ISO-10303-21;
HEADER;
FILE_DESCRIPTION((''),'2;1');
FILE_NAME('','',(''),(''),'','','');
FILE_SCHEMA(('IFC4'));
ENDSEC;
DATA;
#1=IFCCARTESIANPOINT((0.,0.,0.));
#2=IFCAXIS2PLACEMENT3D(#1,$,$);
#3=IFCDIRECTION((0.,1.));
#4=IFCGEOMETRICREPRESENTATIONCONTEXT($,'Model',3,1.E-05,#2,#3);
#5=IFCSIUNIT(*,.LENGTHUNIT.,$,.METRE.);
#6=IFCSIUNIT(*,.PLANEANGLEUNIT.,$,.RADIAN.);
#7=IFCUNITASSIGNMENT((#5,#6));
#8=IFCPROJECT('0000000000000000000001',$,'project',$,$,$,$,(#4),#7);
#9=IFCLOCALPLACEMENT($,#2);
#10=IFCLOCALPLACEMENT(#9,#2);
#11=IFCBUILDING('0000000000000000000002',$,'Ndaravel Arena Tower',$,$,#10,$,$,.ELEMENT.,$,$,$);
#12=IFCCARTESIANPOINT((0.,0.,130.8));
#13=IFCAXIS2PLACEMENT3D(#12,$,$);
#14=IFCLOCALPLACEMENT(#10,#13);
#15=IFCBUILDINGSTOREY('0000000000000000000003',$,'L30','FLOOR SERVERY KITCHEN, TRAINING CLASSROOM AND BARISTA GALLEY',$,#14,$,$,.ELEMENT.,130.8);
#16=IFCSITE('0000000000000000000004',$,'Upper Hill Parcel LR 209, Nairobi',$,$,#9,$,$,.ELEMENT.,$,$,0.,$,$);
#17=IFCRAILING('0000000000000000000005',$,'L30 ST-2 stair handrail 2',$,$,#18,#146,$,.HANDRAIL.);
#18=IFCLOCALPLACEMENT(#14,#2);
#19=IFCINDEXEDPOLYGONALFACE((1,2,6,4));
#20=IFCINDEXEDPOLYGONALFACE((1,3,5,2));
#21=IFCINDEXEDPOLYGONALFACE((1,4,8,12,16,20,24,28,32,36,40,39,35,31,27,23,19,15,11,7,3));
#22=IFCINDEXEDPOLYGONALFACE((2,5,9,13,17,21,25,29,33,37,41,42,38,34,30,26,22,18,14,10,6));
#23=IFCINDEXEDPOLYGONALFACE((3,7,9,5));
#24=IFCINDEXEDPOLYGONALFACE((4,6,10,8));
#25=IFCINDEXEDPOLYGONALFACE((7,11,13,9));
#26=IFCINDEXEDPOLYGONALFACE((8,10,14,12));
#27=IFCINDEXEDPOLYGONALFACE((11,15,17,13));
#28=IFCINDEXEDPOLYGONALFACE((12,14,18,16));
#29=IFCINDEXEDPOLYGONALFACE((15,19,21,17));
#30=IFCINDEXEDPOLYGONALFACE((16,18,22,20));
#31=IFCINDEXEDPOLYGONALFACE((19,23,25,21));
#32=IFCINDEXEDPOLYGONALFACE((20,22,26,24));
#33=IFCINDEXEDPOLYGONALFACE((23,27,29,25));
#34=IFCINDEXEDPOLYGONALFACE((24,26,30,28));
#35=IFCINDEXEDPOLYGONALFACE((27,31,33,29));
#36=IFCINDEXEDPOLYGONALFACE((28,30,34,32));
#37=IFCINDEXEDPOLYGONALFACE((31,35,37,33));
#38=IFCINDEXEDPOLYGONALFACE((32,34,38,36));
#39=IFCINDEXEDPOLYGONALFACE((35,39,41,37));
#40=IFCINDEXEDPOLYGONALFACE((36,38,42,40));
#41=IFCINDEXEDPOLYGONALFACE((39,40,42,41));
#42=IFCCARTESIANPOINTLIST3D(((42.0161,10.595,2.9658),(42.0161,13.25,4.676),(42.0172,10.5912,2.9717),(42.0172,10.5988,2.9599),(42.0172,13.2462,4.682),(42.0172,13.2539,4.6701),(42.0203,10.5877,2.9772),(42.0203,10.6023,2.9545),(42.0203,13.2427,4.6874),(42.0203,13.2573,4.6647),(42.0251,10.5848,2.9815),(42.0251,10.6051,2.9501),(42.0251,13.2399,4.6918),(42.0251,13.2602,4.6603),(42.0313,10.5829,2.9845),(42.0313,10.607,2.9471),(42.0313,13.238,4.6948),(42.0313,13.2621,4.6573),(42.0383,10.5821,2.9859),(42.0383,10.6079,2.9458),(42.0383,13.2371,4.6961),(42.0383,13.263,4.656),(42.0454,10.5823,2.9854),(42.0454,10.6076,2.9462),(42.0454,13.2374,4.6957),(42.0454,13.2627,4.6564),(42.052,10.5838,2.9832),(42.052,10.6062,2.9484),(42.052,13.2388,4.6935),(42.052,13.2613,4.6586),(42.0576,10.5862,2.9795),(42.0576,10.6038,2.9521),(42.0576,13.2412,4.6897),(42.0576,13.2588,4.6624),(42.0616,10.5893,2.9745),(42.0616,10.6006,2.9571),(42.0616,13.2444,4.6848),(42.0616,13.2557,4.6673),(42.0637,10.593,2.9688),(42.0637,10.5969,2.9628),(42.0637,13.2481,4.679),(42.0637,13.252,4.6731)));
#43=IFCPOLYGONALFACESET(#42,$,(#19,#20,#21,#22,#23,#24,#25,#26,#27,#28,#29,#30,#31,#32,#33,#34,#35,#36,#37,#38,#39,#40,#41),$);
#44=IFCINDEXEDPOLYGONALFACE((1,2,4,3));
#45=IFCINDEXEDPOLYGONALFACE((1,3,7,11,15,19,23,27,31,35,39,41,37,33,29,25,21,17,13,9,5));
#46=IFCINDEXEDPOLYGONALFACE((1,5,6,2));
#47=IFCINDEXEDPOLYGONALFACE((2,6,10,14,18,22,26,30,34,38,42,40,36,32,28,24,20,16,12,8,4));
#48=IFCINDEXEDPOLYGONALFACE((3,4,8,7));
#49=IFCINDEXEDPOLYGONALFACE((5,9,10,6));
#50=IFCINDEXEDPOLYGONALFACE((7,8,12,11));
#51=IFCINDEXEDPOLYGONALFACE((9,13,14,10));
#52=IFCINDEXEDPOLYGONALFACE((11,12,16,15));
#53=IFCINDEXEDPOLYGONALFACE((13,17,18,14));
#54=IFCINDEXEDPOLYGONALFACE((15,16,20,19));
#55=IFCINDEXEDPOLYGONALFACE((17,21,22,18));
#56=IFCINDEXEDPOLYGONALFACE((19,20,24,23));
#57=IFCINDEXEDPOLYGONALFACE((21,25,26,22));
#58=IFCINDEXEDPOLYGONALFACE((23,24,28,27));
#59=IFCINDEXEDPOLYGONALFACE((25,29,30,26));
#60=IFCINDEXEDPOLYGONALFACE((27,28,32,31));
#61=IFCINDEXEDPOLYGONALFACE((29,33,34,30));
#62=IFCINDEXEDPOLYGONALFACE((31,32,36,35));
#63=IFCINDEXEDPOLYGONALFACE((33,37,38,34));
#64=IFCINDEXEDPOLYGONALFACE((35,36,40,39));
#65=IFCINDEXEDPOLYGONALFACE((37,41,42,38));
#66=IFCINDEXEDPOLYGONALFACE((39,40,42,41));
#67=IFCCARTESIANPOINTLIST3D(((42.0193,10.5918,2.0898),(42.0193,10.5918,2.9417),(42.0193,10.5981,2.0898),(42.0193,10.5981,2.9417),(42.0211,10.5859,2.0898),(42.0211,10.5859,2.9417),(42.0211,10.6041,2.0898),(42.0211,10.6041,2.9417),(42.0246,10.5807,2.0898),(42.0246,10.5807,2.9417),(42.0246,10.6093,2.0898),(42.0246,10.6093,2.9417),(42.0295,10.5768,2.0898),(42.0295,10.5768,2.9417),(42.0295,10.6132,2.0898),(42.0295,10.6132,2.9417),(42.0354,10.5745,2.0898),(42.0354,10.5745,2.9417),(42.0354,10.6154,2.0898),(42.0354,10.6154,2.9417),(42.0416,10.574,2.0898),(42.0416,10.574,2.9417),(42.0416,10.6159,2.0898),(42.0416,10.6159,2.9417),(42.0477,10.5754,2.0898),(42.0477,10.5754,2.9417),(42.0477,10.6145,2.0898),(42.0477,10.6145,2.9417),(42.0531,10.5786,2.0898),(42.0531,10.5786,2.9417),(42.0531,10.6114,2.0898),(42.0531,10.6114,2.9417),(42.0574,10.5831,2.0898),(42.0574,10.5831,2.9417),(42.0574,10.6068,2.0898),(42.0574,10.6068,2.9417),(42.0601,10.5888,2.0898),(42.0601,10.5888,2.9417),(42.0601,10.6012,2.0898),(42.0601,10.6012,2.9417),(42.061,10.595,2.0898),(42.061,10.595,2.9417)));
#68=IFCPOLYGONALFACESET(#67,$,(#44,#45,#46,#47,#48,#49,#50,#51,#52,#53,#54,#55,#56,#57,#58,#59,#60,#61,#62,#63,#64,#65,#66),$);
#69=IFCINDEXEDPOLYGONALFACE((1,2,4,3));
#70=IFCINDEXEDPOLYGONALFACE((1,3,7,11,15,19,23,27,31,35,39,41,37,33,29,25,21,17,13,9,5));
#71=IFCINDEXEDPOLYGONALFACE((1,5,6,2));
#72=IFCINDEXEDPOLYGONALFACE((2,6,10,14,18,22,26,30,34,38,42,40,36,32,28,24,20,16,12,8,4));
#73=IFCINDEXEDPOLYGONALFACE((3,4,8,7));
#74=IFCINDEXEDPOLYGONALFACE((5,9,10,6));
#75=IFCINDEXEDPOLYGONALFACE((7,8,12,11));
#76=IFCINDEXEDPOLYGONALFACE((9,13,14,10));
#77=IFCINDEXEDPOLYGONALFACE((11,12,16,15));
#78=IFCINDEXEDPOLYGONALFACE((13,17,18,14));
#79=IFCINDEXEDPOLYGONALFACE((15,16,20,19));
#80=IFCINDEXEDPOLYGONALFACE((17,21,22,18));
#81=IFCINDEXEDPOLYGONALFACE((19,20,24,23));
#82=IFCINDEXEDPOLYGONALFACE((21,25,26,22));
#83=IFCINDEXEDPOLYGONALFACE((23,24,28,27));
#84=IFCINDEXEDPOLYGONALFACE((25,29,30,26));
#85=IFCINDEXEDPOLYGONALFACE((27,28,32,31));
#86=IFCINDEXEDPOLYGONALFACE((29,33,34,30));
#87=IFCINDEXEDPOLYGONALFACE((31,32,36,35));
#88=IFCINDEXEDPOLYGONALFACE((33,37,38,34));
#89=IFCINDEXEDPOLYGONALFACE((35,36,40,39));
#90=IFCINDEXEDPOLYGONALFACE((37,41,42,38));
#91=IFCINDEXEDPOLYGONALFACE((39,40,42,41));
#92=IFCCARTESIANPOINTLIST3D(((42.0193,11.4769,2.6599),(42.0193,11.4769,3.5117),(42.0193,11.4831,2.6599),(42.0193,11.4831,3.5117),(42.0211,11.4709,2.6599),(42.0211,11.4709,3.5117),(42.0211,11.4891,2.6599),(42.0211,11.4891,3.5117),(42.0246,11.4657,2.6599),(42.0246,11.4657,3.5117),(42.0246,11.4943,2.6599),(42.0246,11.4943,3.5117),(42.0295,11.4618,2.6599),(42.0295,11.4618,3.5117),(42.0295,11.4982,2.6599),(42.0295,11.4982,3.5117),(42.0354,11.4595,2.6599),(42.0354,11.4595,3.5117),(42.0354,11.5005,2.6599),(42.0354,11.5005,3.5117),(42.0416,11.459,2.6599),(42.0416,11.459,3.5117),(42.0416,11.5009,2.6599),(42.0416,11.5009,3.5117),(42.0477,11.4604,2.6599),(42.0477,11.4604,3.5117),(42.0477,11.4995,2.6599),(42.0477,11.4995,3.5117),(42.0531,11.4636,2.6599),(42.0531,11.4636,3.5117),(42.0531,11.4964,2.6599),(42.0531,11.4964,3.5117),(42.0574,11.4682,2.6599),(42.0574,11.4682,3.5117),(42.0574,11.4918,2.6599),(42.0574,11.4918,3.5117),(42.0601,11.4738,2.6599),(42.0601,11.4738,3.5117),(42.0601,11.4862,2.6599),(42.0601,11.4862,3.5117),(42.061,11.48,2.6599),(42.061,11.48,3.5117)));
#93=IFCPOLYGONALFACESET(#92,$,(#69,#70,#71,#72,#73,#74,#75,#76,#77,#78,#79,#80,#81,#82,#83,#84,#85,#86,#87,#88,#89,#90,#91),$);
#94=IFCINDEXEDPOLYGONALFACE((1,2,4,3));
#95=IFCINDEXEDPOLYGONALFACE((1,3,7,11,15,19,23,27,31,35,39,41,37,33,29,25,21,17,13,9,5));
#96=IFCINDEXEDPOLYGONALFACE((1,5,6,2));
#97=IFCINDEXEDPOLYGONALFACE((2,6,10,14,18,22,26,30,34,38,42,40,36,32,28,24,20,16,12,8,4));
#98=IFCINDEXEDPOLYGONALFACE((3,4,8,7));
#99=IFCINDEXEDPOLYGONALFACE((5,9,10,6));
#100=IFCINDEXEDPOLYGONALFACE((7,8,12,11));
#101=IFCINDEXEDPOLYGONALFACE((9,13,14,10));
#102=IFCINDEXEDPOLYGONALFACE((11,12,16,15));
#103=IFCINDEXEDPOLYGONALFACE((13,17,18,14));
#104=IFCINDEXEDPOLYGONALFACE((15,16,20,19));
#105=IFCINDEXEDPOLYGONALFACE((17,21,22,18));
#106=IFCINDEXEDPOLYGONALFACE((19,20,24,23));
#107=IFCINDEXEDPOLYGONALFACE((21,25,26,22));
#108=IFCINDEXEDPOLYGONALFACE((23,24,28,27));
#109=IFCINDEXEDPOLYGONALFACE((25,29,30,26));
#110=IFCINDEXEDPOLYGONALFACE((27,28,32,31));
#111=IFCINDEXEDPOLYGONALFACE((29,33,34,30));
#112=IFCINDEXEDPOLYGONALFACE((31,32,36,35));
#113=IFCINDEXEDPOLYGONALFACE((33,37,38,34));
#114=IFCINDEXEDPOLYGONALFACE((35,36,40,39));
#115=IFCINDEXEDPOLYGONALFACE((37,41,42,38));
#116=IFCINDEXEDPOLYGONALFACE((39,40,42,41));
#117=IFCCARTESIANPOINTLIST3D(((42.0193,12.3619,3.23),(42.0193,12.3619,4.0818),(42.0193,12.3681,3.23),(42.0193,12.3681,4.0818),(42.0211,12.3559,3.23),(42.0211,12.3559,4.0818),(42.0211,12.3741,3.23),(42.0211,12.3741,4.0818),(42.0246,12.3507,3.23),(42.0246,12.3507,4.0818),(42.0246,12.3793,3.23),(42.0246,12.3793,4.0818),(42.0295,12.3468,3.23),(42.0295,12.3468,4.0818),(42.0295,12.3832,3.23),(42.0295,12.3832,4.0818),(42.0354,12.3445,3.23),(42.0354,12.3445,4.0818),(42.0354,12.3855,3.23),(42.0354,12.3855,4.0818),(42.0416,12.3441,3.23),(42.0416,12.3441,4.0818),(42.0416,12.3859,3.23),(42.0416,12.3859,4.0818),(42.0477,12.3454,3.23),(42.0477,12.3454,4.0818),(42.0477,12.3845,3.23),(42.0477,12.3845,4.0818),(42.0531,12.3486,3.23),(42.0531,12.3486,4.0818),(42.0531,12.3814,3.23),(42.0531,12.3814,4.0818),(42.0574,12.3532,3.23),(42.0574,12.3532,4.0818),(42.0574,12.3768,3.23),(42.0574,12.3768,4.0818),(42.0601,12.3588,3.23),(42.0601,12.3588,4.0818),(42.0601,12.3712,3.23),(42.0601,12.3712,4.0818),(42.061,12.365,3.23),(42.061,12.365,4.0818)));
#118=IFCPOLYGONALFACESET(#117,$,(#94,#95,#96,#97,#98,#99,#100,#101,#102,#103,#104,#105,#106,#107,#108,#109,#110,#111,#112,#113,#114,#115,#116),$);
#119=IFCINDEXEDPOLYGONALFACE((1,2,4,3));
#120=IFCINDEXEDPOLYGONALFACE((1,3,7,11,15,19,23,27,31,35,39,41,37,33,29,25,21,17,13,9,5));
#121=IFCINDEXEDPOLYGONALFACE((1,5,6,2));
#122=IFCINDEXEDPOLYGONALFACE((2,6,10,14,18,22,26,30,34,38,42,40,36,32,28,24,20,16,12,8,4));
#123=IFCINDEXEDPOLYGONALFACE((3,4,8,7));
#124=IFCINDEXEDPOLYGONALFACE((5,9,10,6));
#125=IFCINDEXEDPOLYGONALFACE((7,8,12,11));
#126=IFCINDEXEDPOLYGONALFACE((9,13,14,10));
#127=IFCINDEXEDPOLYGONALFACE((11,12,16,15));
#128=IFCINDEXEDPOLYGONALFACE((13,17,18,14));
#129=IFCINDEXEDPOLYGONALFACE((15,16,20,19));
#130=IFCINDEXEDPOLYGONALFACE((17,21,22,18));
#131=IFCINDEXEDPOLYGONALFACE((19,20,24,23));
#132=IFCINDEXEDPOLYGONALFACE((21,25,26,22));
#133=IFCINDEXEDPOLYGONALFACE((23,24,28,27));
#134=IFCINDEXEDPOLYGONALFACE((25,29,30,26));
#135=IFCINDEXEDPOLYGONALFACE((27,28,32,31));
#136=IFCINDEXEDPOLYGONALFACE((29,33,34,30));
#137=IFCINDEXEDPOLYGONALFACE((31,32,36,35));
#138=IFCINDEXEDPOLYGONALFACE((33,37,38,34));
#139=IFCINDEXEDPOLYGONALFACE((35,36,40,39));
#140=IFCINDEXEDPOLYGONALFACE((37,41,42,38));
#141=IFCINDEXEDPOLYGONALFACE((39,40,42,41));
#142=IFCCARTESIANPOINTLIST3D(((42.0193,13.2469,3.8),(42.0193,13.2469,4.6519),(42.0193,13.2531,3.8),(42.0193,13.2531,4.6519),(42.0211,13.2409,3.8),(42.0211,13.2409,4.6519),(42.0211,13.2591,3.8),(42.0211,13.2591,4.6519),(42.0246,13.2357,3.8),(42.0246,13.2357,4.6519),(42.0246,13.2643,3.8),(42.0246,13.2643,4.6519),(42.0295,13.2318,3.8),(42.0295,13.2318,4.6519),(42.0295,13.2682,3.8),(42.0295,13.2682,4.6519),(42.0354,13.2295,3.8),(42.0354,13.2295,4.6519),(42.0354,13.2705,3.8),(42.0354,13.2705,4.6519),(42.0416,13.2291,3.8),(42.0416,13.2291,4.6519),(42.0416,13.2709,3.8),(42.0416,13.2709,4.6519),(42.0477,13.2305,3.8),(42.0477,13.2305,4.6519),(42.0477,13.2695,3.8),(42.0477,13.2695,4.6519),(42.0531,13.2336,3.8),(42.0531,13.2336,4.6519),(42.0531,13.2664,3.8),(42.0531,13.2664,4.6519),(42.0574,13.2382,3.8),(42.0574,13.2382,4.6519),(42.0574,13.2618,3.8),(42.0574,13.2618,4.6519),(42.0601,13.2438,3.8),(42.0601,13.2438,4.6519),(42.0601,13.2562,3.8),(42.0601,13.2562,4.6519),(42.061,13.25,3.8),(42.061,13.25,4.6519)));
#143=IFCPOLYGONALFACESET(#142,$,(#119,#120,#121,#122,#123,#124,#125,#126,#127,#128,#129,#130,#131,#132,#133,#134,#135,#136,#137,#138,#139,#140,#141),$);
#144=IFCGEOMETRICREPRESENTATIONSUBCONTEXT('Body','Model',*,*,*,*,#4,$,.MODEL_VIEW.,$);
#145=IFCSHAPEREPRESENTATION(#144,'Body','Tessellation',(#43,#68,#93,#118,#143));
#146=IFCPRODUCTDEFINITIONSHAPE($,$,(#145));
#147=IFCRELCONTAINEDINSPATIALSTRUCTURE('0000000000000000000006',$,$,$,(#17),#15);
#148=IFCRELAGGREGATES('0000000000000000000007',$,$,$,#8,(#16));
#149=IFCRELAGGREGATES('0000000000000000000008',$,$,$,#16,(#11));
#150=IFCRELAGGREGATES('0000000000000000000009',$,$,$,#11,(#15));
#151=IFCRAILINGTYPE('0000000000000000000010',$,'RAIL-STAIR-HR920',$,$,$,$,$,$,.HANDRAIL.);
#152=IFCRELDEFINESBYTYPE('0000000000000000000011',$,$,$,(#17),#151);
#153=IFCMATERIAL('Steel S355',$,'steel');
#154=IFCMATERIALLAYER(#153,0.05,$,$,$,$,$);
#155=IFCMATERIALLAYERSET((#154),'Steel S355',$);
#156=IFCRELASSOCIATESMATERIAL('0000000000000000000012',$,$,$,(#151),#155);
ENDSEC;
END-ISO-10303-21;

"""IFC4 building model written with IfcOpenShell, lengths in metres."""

from ifc_helpers import new_model, si_unit, direction, frame, origin, origin_2d, place, context, subcontext, project, spatial, circle, extrude, material, layer, layer_set, type_object, element, save


model = new_model("IFC4")

# Units and contexts
model_context = context("Model", 3, precision=1e-05, world=origin(), true_north=direction((0.0, 1.0)))
body_context = subcontext(model_context, "Body", "Model", "MODEL_VIEW")
ifc_project = project(units=[si_unit("LENGTHUNIT", "METRE"), si_unit("PLANEANGLEUNIT", "RADIAN")], contexts=[model_context])

# Site, building, storey
site_placement = place(None, origin())
site = spatial("IfcSite", under=ifc_project, at=site_placement, Name="Upper Hill Parcel LR 209, Nairobi", CompositionType="ELEMENT", RefElevation=0.0)
building_placement = place(site_placement, origin())
building = spatial("IfcBuilding", under=site, at=building_placement, Name="Ndaravel Arena Tower", CompositionType="ELEMENT")
storey_placement = place(building_placement, frame((0.0, 0.0, 130.8)))
storey = spatial("IfcBuildingStorey", under=building, at=storey_placement, Name="L30", Description="FLOOR SERVERY KITCHEN, TRAINING CLASSROOM AND BARISTA GALLEY", CompositionType="ELEMENT", Elevation=130.8)

# Railing
ifc_material_1 = material(Name="Steel S355", Category="steel")
ifc_layer_1 = layer(ifc_material_1, 0.05)
ifc_layer_set_1 = layer_set([ifc_layer_1], Name="Steel S355")
railing_type_1 = type_object("IfcRailingType", Name="RAIL-STAIR-HR920", PredefinedType="HANDRAIL", material=ifc_layer_set_1)
railing_1_placement = place(storey_placement, frame((42.04, 10.595, 2.0898)))
element("IfcRailing", 1, at=railing_1_placement, inside=storey, type_object=railing_type_1, Name="L30 ST-2 stair handrail 2", PredefinedType="HANDRAIL", context=body_context, shape_type="SweptSolid", body=[
    extrude(circle(Radius=0.0239, at=origin_2d()), frame((0.0, 0.0, 0.876), z_axis=(0.0, 0.840688, 0.541519), x_axis=(-1.0, 0.0, 0.0)), (0.0, 0.0, 1.0), 3.1582),
    extrude(circle(Radius=0.021, at=origin_2d()), origin(), (0.0, 0.0, 1.0), 0.8518),
    extrude(circle(Radius=0.021, at=origin_2d()), frame((0.0, 0.885, 0.5701)), (0.0, 0.0, 1.0), 0.8518),
    extrude(circle(Radius=0.021, at=origin_2d()), frame((0.0, 1.77, 1.1401)), (0.0, 0.0, 1.0), 0.8518),
    extrude(circle(Radius=0.021, at=origin_2d()), frame((0.0, 2.655, 1.7102)), (0.0, 0.0, 1.0), 0.8518),
])

save(model, "model.ifc")
